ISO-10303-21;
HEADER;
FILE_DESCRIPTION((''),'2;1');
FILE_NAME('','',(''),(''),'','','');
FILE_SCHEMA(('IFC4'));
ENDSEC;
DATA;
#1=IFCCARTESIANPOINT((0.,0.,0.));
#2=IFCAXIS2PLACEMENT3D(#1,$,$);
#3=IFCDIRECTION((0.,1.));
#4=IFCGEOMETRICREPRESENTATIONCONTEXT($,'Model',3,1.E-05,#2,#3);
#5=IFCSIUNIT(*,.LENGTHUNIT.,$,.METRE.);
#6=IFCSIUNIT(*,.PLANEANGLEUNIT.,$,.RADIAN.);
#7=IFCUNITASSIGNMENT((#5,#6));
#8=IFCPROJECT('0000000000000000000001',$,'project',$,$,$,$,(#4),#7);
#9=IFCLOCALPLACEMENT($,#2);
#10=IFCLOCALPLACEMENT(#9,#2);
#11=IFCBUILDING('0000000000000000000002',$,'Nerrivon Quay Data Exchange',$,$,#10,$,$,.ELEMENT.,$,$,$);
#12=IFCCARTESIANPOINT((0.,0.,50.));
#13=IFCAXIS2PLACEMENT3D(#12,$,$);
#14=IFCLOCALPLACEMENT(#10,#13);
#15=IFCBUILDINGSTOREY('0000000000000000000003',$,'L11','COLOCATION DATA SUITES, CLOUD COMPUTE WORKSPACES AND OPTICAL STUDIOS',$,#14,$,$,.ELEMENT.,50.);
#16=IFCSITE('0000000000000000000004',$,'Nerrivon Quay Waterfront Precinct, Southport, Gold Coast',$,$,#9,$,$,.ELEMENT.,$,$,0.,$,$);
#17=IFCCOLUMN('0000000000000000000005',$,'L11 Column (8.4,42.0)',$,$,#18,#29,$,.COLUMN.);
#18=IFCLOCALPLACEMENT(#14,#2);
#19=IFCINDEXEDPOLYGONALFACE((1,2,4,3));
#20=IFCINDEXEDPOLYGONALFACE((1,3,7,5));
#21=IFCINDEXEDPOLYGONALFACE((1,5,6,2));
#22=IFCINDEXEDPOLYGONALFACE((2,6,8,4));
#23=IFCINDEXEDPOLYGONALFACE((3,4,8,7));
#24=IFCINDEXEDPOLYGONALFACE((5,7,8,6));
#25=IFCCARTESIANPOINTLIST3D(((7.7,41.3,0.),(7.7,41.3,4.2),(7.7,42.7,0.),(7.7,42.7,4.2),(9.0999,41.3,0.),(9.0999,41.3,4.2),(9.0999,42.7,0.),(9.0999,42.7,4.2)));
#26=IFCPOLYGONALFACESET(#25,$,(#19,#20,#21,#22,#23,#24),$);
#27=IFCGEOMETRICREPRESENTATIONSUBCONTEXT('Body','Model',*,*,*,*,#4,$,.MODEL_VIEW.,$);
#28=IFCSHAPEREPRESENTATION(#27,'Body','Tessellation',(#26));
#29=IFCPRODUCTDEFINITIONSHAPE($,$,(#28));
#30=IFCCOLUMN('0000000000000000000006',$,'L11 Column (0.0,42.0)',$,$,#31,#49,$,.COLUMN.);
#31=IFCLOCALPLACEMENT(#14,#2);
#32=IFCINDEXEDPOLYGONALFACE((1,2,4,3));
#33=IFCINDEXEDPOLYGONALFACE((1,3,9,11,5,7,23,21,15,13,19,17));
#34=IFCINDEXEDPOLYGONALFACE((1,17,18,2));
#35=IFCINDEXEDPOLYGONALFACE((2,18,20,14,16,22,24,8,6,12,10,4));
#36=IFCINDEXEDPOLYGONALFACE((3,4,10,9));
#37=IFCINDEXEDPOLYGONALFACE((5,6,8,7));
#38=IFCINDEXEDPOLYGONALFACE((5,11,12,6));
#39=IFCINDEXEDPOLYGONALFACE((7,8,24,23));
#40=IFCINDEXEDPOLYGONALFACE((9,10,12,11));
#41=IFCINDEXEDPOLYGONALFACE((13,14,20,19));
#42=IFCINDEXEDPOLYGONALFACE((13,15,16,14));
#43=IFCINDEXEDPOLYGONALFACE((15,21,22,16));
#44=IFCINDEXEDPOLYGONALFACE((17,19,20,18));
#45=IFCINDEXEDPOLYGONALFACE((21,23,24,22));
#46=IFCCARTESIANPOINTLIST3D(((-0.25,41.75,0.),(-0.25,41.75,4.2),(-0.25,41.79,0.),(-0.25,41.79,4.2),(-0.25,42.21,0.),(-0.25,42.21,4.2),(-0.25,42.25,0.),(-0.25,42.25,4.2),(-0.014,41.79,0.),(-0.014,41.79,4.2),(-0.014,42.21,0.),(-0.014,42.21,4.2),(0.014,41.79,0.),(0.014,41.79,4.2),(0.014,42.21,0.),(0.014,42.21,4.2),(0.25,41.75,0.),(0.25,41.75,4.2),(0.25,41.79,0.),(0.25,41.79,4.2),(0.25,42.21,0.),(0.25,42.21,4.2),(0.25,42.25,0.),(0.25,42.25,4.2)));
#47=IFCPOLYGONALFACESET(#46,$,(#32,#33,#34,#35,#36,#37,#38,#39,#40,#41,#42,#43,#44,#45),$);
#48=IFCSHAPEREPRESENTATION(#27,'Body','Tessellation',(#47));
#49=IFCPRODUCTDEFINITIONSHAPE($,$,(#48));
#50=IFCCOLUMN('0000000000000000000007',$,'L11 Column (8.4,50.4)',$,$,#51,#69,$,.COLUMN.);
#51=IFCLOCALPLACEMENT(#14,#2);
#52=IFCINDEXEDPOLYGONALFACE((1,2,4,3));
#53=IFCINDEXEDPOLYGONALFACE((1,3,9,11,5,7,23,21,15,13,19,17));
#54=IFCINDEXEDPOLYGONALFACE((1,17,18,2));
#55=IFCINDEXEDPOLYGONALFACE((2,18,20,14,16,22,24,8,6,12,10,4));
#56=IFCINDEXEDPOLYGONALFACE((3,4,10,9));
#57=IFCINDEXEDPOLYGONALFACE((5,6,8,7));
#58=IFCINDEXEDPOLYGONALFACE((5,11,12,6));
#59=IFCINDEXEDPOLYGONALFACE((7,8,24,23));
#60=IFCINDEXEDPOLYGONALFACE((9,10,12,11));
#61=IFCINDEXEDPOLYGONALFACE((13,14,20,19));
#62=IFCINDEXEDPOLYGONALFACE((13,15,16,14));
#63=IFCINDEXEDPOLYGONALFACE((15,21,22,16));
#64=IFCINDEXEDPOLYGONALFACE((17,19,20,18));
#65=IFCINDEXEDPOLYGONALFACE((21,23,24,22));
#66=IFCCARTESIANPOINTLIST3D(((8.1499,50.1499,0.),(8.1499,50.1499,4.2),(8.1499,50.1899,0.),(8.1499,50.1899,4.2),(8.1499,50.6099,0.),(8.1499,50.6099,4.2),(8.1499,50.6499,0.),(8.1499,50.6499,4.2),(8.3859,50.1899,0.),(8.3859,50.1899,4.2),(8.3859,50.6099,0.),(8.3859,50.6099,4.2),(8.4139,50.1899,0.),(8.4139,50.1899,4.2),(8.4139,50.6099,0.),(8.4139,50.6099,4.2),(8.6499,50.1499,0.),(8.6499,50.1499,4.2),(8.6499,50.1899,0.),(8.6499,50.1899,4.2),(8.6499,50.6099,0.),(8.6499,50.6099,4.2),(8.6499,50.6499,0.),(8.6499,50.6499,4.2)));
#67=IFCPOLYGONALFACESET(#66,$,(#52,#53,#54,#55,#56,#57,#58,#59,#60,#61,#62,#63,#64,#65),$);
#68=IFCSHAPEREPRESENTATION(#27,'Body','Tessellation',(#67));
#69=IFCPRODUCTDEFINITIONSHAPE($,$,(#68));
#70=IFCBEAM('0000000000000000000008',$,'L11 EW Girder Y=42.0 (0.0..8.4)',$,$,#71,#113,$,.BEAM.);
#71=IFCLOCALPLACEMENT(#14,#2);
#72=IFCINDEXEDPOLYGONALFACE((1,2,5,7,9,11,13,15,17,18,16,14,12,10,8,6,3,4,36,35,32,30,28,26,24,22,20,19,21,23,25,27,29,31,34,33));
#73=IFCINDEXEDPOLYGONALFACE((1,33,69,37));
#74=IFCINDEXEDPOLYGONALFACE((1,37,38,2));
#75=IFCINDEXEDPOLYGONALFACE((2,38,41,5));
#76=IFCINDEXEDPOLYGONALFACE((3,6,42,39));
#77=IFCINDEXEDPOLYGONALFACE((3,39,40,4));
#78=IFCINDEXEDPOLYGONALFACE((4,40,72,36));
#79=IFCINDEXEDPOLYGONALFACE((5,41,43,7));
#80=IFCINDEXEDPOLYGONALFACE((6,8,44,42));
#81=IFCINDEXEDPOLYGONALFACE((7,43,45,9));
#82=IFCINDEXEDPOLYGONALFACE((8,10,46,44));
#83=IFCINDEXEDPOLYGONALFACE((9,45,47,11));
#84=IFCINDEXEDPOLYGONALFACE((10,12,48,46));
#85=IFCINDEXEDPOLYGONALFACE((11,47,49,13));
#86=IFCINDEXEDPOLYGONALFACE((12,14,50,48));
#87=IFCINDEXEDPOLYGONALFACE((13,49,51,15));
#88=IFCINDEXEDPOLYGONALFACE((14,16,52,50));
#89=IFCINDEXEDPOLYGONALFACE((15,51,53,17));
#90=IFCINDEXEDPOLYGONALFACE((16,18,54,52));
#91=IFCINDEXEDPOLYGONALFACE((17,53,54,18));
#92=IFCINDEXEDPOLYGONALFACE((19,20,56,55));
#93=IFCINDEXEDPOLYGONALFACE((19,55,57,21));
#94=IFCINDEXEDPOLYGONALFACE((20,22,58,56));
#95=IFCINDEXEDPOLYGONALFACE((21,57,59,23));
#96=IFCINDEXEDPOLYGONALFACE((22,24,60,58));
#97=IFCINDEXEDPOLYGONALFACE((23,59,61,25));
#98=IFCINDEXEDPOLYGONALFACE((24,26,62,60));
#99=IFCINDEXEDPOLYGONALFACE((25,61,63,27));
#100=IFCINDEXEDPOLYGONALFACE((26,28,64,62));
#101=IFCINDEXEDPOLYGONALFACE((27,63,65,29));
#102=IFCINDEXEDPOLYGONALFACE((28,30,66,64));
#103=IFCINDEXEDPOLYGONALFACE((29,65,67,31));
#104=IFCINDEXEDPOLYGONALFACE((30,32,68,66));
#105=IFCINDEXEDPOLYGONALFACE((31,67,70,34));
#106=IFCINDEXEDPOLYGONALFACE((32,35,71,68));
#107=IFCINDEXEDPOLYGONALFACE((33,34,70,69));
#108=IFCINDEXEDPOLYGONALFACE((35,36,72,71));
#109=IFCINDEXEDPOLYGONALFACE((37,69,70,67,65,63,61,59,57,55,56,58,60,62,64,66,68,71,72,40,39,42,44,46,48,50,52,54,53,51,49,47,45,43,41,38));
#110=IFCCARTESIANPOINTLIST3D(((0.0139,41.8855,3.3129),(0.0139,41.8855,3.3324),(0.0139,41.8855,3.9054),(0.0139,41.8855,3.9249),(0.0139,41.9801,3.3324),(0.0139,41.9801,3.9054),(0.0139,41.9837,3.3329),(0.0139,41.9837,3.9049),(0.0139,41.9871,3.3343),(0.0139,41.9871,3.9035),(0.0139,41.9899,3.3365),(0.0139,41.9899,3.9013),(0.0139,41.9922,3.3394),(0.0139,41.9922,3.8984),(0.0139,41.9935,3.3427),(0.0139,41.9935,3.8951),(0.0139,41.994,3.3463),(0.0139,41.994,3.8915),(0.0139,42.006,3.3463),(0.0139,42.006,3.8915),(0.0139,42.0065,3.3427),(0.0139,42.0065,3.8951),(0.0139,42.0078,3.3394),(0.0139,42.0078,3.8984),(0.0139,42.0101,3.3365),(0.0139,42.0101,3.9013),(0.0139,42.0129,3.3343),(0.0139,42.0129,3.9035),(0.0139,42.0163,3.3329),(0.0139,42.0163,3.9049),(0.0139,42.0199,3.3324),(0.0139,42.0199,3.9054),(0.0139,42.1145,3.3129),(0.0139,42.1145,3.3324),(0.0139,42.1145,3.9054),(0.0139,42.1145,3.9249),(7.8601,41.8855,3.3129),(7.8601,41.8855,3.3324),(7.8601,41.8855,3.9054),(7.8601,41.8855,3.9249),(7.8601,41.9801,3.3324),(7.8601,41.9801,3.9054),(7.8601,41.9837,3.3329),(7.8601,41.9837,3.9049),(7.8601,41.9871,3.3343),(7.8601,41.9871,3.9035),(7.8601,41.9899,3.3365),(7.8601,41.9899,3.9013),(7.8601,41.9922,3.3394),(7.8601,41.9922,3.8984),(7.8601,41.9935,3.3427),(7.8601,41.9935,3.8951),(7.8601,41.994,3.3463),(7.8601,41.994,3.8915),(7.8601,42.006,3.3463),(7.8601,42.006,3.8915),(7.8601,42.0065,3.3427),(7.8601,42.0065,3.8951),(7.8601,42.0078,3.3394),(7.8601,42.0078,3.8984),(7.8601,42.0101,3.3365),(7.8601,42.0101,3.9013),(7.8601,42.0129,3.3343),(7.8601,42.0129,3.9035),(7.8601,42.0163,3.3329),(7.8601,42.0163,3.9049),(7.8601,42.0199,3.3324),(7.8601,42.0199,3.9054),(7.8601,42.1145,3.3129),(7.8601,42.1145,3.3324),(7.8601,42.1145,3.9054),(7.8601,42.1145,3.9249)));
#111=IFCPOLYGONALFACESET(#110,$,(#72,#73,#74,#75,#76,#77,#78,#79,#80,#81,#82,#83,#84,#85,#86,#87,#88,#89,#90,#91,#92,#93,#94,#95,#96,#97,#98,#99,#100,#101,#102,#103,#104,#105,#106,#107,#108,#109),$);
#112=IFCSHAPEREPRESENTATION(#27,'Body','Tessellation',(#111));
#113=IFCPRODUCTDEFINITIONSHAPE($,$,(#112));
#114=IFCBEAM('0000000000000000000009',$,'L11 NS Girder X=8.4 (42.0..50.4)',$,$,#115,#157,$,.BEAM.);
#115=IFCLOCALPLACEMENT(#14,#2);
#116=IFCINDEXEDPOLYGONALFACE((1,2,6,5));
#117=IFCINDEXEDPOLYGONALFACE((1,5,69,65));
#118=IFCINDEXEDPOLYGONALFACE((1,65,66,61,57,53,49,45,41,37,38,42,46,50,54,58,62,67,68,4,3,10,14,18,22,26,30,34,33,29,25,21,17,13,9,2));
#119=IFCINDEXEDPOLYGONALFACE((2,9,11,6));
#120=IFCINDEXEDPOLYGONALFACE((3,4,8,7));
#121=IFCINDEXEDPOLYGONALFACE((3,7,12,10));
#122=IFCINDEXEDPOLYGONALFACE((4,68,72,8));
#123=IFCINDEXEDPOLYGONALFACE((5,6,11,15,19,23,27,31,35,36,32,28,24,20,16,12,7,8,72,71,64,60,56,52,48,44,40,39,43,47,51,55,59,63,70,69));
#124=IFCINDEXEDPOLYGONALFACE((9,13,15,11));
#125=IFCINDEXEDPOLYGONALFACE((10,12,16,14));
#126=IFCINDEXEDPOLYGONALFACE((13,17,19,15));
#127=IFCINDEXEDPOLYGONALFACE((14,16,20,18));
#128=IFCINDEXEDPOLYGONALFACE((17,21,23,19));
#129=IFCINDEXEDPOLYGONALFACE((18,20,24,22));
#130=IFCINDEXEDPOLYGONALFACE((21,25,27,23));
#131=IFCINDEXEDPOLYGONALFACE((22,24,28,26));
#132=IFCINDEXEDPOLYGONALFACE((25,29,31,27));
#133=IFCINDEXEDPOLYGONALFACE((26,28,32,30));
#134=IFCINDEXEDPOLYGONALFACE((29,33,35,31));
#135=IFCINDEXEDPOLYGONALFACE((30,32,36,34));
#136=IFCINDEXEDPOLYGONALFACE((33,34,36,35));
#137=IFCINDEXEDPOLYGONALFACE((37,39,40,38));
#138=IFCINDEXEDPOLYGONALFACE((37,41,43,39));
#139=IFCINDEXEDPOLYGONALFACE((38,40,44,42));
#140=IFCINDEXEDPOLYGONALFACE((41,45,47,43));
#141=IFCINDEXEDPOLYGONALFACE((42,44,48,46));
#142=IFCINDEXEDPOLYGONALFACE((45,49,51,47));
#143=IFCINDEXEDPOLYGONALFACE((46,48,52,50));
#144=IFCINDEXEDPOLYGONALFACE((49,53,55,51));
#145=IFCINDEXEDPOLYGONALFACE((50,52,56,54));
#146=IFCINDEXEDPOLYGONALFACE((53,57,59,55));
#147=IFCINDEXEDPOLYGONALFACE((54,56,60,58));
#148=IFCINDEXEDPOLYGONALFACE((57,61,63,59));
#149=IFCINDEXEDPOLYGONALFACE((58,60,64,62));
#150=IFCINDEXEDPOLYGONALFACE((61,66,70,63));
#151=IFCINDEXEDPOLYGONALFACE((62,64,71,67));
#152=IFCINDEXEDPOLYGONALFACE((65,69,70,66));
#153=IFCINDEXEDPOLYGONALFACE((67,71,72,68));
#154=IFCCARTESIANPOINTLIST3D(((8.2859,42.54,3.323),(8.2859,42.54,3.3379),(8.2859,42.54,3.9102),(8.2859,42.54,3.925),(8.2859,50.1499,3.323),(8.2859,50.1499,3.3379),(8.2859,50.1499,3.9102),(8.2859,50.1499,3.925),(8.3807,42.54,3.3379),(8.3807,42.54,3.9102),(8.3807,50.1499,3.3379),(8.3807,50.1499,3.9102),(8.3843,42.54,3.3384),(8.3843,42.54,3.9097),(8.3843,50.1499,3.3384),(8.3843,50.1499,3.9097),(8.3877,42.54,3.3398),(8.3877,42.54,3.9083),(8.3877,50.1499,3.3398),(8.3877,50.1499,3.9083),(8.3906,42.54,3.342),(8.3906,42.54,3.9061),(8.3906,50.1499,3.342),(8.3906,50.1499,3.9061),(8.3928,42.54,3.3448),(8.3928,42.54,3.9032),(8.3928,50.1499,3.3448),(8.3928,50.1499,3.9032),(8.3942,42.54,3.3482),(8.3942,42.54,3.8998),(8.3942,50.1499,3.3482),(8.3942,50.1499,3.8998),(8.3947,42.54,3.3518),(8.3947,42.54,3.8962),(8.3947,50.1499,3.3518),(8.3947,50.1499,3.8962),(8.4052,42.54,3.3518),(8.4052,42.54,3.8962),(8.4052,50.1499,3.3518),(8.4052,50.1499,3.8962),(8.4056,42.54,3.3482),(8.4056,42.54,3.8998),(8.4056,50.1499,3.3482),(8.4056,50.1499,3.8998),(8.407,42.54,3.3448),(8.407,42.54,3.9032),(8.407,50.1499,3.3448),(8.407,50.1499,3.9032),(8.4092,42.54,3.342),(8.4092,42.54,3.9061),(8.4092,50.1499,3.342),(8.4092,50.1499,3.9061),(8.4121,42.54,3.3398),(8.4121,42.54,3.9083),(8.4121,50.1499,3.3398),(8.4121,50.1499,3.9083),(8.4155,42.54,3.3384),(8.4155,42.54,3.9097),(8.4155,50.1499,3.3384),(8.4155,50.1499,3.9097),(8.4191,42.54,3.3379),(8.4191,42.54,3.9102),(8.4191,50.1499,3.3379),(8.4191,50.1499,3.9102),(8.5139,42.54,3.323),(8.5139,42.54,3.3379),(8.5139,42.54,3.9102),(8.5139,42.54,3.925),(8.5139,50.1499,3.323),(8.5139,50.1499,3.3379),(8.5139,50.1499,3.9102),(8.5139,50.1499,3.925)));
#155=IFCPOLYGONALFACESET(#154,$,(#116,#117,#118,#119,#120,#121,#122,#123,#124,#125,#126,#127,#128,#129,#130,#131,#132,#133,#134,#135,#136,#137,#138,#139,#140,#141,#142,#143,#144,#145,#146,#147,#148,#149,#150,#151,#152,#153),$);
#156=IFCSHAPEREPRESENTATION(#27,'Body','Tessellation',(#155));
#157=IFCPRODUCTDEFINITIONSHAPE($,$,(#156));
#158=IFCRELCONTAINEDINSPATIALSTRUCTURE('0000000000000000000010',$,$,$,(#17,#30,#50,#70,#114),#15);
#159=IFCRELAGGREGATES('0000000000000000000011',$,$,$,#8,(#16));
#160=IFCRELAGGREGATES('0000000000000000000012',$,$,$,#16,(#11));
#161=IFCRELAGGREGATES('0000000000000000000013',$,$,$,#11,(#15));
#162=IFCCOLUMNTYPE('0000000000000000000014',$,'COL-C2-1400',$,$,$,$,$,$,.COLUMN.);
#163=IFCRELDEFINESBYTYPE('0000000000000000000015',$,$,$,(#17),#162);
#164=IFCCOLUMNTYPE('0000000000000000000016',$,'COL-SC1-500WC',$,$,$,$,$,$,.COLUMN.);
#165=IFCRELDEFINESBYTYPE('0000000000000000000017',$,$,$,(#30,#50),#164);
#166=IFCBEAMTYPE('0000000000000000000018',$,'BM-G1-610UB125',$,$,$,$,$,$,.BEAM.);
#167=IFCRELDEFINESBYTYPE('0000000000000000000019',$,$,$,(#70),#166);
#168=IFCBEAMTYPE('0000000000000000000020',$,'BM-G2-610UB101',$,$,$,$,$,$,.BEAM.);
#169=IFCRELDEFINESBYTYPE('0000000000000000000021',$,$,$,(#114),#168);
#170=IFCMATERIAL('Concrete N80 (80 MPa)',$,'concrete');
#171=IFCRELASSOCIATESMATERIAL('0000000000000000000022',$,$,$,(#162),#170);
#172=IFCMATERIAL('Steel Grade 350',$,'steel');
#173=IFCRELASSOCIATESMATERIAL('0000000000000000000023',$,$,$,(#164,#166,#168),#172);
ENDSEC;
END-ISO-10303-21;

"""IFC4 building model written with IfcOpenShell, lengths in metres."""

from ifc_helpers import new_model, si_unit, direction, frame, origin, origin_2d, place, context, subcontext, project, spatial, rectangle, i_section, extrude, material, material_profile, profile_set, type_object, element, save


model = new_model("IFC4")

# Units and contexts
model_context = context("Model", 3, precision=1e-05, world=origin(), true_north=direction((0.0, 1.0)))
body_context = subcontext(model_context, "Body", "Model", "MODEL_VIEW")
ifc_project = project(units=[si_unit("LENGTHUNIT", "METRE"), si_unit("PLANEANGLEUNIT", "RADIAN")], contexts=[model_context])

# Site, building, storey
site_placement = place(None, origin())
site = spatial("IfcSite", under=ifc_project, at=site_placement, Name="Nerrivon Quay Waterfront Precinct, Southport, Gold Coast", CompositionType="ELEMENT", RefElevation=0.0)
building_placement = place(site_placement, origin())
building = spatial("IfcBuilding", under=site, at=building_placement, Name="Nerrivon Quay Data Exchange", CompositionType="ELEMENT")
storey_placement = place(building_placement, frame((0.0, 0.0, 50.0)))
storey = spatial("IfcBuildingStorey", under=building, at=storey_placement, Name="L11", Description="COLOCATION DATA SUITES, CLOUD COMPUTE WORKSPACES AND OPTICAL STUDIOS", CompositionType="ELEMENT", Elevation=50.0)

# Columns
ifc_material_1 = material(Name="Concrete N80 (80 MPa)", Category="concrete")
ifc_material_profile_1 = material_profile(ifc_material_1, rectangle(XDim=1.3999, YDim=1.3999, at=origin_2d()), Name="RC-COL-1400x1400")
ifc_profile_set_1 = profile_set([ifc_material_profile_1], Name="Concrete N80 (80 MPa)")
column_type_1 = type_object("IfcColumnType", Name="COL-C2-1400", PredefinedType="COLUMN", material=ifc_profile_set_1)
column_placement = place(storey_placement, frame((8.3999, 42.0, 0.0), z_axis=(0.0, 0.0, 1.0), x_axis=(1.0, 0.0, 0.0)))
element("IfcColumn", 1, at=column_placement, inside=storey, type_object=column_type_1, Name="L11 Column (8.4,42.0)", PredefinedType="COLUMN", context=body_context, shape_type="SweptSolid", body=[
    extrude(rectangle(XDim=1.3999, YDim=1.3999, at=origin_2d()), origin(), (0.0, 0.0, 1.0), 4.2),
])
ifc_material_2 = material(Name="Steel Grade 350", Category="steel")
ifc_material_profile_2 = material_profile(ifc_material_2, i_section(OverallWidth=0.5, OverallDepth=0.5, WebThickness=0.0281, FlangeThickness=0.04, at=origin_2d()), Name="500WC440")
ifc_profile_set_2 = profile_set([ifc_material_profile_2], Name="Steel Grade 350")
column_type_2 = type_object("IfcColumnType", Name="COL-SC1-500WC", PredefinedType="COLUMN", material=ifc_profile_set_2)
for number, where, z_axis, x_axis, name in (
    (2, (0.0, 42.0, 0.0), (0.0, 0.0, 1.0), (1.0, 0.0, 0.0), "L11 Column (0.0,42.0)"),
    (3, (8.3999, 50.3999, 0.0), (0.0, 0.0, 1.0), (1.0, 0.0, 0.0), "L11 Column (8.4,50.4)"),
):
    element("IfcColumn", number, at=place(storey_placement, frame(where, z_axis=z_axis, x_axis=x_axis)), inside=storey, type_object=column_type_2, Name=name, PredefinedType="COLUMN", context=body_context, shape_type="SweptSolid", body=[
        extrude(i_section(OverallWidth=0.5, OverallDepth=0.5, WebThickness=0.0281, FlangeThickness=0.04, at=origin_2d()), origin(), (0.0, 0.0, 1.0), 4.2),
    ])

# Beams
ifc_material_profile_3 = material_profile(ifc_material_2, i_section(OverallWidth=0.229, OverallDepth=0.6121, WebThickness=0.012, FlangeThickness=0.0195, FilletRadius=0.0139, at=origin_2d()), Name="610UB125")
ifc_profile_set_3 = profile_set([ifc_material_profile_3], Name="Steel Grade 350")
beam_type_1 = type_object("IfcBeamType", Name="BM-G1-610UB125", PredefinedType="BEAM", material=ifc_profile_set_3)
beam_1_placement = place(storey_placement, frame((0.0139, 42.0, 3.6189), z_axis=(1.0, 0.0, 0.0), x_axis=(0.0, 1.0, 0.0)))
element("IfcBeam", 4, at=beam_1_placement, inside=storey, type_object=beam_type_1, Name="L11 EW Girder Y=42.0 (0.0..8.4)", PredefinedType="BEAM", context=body_context, shape_type="SweptSolid", body=[
    extrude(i_section(OverallWidth=0.229, OverallDepth=0.6121, WebThickness=0.012, FlangeThickness=0.0195, FilletRadius=0.0139, at=origin_2d()), origin(), (0.0, 0.0, 1.0), 7.8462),
])
ifc_material_profile_4 = material_profile(ifc_material_2, i_section(OverallWidth=0.228, OverallDepth=0.6021, WebThickness=0.0105, FlangeThickness=0.0149, FilletRadius=0.0139, at=origin_2d()), Name="610UB101")
ifc_profile_set_4 = profile_set([ifc_material_profile_4], Name="Steel Grade 350")
beam_type_2 = type_object("IfcBeamType", Name="BM-G2-610UB101", PredefinedType="BEAM", material=ifc_profile_set_4)
beam_2_placement = place(storey_placement, frame((8.3999, 42.54, 3.624), z_axis=(0.0, 1.0, 0.0), x_axis=(-1.0, 0.0, 0.0)))
element("IfcBeam", 5, at=beam_2_placement, inside=storey, type_object=beam_type_2, Name="L11 NS Girder X=8.4 (42.0..50.4)", PredefinedType="BEAM", context=body_context, shape_type="SweptSolid", body=[
    extrude(i_section(OverallWidth=0.228, OverallDepth=0.6021, WebThickness=0.0105, FlangeThickness=0.0149, FilletRadius=0.0139, at=origin_2d()), origin(), (0.0, 0.0, 1.0), 7.6099),
])

save(model, "model.ifc")
